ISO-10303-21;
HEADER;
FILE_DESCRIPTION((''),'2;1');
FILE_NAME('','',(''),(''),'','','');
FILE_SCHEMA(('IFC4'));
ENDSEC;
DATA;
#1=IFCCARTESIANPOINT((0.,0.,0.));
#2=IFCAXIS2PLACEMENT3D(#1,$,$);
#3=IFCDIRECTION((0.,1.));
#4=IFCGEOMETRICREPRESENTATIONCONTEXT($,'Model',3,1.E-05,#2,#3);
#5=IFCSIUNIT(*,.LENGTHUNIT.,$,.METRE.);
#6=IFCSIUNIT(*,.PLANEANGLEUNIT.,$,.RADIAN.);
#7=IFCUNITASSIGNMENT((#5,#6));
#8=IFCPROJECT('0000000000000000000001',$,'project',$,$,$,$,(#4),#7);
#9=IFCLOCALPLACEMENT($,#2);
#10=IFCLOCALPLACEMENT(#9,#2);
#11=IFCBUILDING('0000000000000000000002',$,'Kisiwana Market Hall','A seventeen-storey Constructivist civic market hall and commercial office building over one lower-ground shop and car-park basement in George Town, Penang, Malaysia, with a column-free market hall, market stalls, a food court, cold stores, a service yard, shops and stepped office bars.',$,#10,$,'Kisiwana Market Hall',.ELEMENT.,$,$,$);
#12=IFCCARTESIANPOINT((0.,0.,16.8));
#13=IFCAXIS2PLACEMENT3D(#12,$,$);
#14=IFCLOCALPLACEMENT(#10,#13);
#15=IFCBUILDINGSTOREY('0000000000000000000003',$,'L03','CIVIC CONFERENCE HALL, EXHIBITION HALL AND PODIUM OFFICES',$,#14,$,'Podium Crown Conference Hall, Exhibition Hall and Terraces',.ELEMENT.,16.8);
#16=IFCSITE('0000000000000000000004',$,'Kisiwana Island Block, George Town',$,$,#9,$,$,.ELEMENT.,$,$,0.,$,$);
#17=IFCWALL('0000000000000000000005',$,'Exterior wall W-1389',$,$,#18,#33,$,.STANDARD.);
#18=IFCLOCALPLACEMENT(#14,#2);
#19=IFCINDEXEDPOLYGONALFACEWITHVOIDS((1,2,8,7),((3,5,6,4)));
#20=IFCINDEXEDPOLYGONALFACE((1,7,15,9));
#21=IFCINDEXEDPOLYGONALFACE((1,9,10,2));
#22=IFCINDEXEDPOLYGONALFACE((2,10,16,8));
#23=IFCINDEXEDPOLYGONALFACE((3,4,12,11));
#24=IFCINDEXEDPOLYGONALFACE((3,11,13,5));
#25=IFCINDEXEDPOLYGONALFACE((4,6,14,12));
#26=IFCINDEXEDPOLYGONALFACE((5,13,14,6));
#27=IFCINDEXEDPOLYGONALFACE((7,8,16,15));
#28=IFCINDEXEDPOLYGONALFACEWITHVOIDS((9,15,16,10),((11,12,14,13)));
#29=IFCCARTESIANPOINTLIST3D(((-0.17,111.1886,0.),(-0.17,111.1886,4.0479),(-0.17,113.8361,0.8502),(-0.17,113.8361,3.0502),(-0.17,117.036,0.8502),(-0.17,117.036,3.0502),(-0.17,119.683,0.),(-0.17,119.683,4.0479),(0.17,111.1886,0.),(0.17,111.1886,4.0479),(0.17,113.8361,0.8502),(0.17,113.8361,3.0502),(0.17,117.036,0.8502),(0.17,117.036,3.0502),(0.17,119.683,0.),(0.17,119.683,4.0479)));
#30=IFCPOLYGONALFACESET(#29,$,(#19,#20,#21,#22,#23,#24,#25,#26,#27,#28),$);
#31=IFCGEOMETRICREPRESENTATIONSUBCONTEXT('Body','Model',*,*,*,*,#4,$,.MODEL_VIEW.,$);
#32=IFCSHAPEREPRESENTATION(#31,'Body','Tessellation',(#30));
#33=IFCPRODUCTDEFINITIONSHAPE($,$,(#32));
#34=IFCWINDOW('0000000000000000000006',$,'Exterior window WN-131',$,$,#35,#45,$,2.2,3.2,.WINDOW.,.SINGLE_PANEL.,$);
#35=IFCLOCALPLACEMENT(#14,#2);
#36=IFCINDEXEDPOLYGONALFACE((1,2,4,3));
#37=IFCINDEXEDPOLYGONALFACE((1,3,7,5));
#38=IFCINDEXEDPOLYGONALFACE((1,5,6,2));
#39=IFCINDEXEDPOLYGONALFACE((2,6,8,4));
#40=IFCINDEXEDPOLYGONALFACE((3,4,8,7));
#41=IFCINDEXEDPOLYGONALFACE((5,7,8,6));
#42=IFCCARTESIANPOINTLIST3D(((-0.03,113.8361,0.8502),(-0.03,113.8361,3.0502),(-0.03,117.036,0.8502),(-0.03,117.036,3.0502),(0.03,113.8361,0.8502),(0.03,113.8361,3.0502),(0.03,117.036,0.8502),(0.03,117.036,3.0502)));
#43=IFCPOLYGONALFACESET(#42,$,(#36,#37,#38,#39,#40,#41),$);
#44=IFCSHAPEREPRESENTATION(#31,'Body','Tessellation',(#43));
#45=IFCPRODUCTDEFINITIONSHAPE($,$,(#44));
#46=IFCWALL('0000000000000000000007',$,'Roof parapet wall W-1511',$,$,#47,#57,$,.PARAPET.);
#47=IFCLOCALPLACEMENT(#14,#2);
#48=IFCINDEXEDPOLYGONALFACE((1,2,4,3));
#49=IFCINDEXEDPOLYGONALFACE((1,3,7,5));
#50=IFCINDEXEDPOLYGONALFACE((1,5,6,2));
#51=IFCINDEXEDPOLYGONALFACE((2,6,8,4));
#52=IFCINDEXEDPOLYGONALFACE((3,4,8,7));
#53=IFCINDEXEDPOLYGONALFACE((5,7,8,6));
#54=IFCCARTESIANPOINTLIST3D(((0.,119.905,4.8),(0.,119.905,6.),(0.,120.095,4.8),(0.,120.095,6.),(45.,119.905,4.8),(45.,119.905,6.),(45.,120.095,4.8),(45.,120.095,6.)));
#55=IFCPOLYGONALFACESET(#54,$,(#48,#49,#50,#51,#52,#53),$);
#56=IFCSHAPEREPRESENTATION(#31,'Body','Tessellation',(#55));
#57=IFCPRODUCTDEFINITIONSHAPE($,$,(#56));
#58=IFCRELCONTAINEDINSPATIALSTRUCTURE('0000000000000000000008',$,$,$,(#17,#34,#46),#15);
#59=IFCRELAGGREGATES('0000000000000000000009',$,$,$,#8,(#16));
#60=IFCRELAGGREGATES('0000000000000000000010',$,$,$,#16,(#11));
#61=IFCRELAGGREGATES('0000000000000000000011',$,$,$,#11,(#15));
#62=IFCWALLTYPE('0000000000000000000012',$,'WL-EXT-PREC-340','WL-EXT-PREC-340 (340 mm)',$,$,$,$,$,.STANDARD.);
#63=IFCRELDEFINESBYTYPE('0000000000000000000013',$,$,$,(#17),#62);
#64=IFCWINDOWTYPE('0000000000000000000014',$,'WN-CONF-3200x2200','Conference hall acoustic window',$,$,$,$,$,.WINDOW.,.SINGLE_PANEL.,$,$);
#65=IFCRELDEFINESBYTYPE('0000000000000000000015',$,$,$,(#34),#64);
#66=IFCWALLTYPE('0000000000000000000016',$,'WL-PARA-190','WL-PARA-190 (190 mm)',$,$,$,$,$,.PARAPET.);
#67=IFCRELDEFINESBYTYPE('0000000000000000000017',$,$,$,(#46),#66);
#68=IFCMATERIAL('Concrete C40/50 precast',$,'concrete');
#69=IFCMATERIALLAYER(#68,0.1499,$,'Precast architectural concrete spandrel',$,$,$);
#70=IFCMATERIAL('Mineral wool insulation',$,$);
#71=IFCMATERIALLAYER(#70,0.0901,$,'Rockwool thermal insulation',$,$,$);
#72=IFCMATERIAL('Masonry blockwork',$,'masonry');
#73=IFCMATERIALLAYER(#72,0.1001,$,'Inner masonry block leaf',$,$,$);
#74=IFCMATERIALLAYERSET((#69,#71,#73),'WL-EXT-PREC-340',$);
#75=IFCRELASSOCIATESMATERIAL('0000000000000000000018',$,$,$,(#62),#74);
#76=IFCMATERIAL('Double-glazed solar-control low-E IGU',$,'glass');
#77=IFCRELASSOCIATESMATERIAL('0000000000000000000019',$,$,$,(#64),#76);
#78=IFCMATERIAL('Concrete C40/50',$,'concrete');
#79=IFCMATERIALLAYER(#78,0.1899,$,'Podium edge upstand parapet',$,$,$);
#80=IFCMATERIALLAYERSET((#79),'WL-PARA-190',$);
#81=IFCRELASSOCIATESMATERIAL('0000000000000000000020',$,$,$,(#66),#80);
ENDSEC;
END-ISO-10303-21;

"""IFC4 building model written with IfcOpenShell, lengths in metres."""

from ifc_helpers import new_model, si_unit, direction, frame, frame_2d, origin, place, context, subcontext, project, spatial, rectangle, extrude, material, layer, layer_set, type_object, element, fill, save


model = new_model("IFC4")

# Units and contexts
model_context = context("Model", 3, precision=1e-05, world=origin(), true_north=direction((0.0, 1.0)))
body_context = subcontext(model_context, "Body", "Model", "MODEL_VIEW")
ifc_project = project(units=[si_unit("LENGTHUNIT", "METRE"), si_unit("PLANEANGLEUNIT", "RADIAN")], contexts=[model_context])

# Site, building, storey
site_placement = place(None, origin())
site = spatial("IfcSite", under=ifc_project, at=site_placement, Name="Kisiwana Island Block, George Town", CompositionType="ELEMENT", RefElevation=0.0)
building_placement = place(site_placement, origin())
building = spatial("IfcBuilding", under=site, at=building_placement, Name="Kisiwana Market Hall", Description="A seventeen-storey Constructivist civic market hall and commercial office building over one lower-ground shop and car-park basement in George Town, Penang, Malaysia, with a column-free market hall, market stalls, a food court, cold stores, a service yard, shops and stepped office bars.", LongName="Kisiwana Market Hall", CompositionType="ELEMENT")
storey_placement = place(building_placement, frame((0.0, 0.0, 16.8)))
storey = spatial("IfcBuildingStorey", under=building, at=storey_placement, Name="L03", Description="CIVIC CONFERENCE HALL, EXHIBITION HALL AND PODIUM OFFICES", LongName="Podium Crown Conference Hall, Exhibition Hall and Terraces", CompositionType="ELEMENT", Elevation=16.8)

# Wall, opening, window
ifc_material_1 = material(Name="Concrete C40/50 precast", Category="concrete")
ifc_layer_1 = layer(ifc_material_1, 0.1499, Name="Precast architectural concrete spandrel")
ifc_material_2 = material(Name="Mineral wool insulation")
ifc_layer_2 = layer(ifc_material_2, 0.0901, Name="Rockwool thermal insulation")
ifc_material_3 = material(Name="Masonry blockwork", Category="masonry")
ifc_layer_3 = layer(ifc_material_3, 0.1001, Name="Inner masonry block leaf")
ifc_layer_set_1 = layer_set([ifc_layer_1, ifc_layer_2, ifc_layer_3], Name="WL-EXT-PREC-340")
wall_type_1 = type_object("IfcWallType", Name="WL-EXT-PREC-340", Description="WL-EXT-PREC-340 (340 mm)", PredefinedType="STANDARD", material=ifc_layer_set_1)
ifc_material_4 = material(Name="Double-glazed solar-control low-E IGU", Category="glass")
window_type_1 = type_object("IfcWindowType", Name="WN-CONF-3200x2200", Description="Conference hall acoustic window", PartitioningType="SINGLE_PANEL", PredefinedType="WINDOW", material=ifc_material_4)
wall_1_placement = place(storey_placement, frame((0.0, 111.1887, 0.0), z_axis=(0.0, 0.0, 1.0), x_axis=(0.0, 1.0, 0.0)))
wall_1 = element("IfcWall", 1, at=wall_1_placement, inside=storey, type_object=wall_type_1, Name="Exterior wall W-1389", PredefinedType="STANDARD", context=body_context, shape_type="SweptSolid", body=[
    extrude(rectangle(XDim=8.4944, YDim=0.3401, at=frame_2d((4.2471, 0.0))), origin(), (0.0, 0.0, 1.0), 4.0479),
])
opening_1_placement = place(wall_1_placement, frame((2.6472, 0.0, 0.8501)))
opening_1 = element("IfcOpeningElement", 2, at=opening_1_placement, cuts=wall_1, PredefinedType="OPENING", context=body_context, shape_type="SweptSolid", body=[
    extrude(rectangle(XDim=3.2, YDim=2.2, at=frame_2d((1.6001, 1.1001))), frame((0.0, 0.1821, 0.0), z_axis=(0.0, -1.0, 0.0), x_axis=(1.0, 0.0, 0.0)), (0.0, 0.0, 1.0), 0.364),
])
window_1_placement = place(opening_1_placement, origin())
window_1 = element("IfcWindow", 3, at=window_1_placement, inside=storey, type_object=window_type_1, Name="Exterior window WN-131", OverallHeight=2.2, OverallWidth=3.2, PartitioningType="SINGLE_PANEL", PredefinedType="WINDOW", context=body_context, shape_type="SweptSolid", body=[
    extrude(rectangle(XDim=3.2, YDim=2.2, at=frame_2d((1.6001, 1.1001))), frame((0.0, 0.03, 0.0), z_axis=(0.0, -1.0, 0.0), x_axis=(1.0, 0.0, 0.0)), (0.0, 0.0, 1.0), 0.0601),
])
fill(opening_1, window_1)

# Wall
ifc_material_5 = material(Name="Concrete C40/50", Category="concrete")
ifc_layer_4 = layer(ifc_material_5, 0.1899, Name="Podium edge upstand parapet")
ifc_layer_set_2 = layer_set([ifc_layer_4], Name="WL-PARA-190")
wall_type_2 = type_object("IfcWallType", Name="WL-PARA-190", Description="WL-PARA-190 (190 mm)", PredefinedType="PARAPET", material=ifc_layer_set_2)
wall_2_placement = place(storey_placement, frame((0.0, 120.0, 4.8), z_axis=(0.0, 0.0, 1.0), x_axis=(1.0, 0.0, 0.0)))
element("IfcWall", 4, at=wall_2_placement, inside=storey, type_object=wall_type_2, Name="Roof parapet wall W-1511", PredefinedType="PARAPET", context=body_context, shape_type="SweptSolid", body=[
    extrude(rectangle(XDim=45.0, YDim=0.1899, at=frame_2d((22.5, 0.0))), origin(), (0.0, 0.0, 1.0), 1.2),
])

save(model, "model.ifc")
